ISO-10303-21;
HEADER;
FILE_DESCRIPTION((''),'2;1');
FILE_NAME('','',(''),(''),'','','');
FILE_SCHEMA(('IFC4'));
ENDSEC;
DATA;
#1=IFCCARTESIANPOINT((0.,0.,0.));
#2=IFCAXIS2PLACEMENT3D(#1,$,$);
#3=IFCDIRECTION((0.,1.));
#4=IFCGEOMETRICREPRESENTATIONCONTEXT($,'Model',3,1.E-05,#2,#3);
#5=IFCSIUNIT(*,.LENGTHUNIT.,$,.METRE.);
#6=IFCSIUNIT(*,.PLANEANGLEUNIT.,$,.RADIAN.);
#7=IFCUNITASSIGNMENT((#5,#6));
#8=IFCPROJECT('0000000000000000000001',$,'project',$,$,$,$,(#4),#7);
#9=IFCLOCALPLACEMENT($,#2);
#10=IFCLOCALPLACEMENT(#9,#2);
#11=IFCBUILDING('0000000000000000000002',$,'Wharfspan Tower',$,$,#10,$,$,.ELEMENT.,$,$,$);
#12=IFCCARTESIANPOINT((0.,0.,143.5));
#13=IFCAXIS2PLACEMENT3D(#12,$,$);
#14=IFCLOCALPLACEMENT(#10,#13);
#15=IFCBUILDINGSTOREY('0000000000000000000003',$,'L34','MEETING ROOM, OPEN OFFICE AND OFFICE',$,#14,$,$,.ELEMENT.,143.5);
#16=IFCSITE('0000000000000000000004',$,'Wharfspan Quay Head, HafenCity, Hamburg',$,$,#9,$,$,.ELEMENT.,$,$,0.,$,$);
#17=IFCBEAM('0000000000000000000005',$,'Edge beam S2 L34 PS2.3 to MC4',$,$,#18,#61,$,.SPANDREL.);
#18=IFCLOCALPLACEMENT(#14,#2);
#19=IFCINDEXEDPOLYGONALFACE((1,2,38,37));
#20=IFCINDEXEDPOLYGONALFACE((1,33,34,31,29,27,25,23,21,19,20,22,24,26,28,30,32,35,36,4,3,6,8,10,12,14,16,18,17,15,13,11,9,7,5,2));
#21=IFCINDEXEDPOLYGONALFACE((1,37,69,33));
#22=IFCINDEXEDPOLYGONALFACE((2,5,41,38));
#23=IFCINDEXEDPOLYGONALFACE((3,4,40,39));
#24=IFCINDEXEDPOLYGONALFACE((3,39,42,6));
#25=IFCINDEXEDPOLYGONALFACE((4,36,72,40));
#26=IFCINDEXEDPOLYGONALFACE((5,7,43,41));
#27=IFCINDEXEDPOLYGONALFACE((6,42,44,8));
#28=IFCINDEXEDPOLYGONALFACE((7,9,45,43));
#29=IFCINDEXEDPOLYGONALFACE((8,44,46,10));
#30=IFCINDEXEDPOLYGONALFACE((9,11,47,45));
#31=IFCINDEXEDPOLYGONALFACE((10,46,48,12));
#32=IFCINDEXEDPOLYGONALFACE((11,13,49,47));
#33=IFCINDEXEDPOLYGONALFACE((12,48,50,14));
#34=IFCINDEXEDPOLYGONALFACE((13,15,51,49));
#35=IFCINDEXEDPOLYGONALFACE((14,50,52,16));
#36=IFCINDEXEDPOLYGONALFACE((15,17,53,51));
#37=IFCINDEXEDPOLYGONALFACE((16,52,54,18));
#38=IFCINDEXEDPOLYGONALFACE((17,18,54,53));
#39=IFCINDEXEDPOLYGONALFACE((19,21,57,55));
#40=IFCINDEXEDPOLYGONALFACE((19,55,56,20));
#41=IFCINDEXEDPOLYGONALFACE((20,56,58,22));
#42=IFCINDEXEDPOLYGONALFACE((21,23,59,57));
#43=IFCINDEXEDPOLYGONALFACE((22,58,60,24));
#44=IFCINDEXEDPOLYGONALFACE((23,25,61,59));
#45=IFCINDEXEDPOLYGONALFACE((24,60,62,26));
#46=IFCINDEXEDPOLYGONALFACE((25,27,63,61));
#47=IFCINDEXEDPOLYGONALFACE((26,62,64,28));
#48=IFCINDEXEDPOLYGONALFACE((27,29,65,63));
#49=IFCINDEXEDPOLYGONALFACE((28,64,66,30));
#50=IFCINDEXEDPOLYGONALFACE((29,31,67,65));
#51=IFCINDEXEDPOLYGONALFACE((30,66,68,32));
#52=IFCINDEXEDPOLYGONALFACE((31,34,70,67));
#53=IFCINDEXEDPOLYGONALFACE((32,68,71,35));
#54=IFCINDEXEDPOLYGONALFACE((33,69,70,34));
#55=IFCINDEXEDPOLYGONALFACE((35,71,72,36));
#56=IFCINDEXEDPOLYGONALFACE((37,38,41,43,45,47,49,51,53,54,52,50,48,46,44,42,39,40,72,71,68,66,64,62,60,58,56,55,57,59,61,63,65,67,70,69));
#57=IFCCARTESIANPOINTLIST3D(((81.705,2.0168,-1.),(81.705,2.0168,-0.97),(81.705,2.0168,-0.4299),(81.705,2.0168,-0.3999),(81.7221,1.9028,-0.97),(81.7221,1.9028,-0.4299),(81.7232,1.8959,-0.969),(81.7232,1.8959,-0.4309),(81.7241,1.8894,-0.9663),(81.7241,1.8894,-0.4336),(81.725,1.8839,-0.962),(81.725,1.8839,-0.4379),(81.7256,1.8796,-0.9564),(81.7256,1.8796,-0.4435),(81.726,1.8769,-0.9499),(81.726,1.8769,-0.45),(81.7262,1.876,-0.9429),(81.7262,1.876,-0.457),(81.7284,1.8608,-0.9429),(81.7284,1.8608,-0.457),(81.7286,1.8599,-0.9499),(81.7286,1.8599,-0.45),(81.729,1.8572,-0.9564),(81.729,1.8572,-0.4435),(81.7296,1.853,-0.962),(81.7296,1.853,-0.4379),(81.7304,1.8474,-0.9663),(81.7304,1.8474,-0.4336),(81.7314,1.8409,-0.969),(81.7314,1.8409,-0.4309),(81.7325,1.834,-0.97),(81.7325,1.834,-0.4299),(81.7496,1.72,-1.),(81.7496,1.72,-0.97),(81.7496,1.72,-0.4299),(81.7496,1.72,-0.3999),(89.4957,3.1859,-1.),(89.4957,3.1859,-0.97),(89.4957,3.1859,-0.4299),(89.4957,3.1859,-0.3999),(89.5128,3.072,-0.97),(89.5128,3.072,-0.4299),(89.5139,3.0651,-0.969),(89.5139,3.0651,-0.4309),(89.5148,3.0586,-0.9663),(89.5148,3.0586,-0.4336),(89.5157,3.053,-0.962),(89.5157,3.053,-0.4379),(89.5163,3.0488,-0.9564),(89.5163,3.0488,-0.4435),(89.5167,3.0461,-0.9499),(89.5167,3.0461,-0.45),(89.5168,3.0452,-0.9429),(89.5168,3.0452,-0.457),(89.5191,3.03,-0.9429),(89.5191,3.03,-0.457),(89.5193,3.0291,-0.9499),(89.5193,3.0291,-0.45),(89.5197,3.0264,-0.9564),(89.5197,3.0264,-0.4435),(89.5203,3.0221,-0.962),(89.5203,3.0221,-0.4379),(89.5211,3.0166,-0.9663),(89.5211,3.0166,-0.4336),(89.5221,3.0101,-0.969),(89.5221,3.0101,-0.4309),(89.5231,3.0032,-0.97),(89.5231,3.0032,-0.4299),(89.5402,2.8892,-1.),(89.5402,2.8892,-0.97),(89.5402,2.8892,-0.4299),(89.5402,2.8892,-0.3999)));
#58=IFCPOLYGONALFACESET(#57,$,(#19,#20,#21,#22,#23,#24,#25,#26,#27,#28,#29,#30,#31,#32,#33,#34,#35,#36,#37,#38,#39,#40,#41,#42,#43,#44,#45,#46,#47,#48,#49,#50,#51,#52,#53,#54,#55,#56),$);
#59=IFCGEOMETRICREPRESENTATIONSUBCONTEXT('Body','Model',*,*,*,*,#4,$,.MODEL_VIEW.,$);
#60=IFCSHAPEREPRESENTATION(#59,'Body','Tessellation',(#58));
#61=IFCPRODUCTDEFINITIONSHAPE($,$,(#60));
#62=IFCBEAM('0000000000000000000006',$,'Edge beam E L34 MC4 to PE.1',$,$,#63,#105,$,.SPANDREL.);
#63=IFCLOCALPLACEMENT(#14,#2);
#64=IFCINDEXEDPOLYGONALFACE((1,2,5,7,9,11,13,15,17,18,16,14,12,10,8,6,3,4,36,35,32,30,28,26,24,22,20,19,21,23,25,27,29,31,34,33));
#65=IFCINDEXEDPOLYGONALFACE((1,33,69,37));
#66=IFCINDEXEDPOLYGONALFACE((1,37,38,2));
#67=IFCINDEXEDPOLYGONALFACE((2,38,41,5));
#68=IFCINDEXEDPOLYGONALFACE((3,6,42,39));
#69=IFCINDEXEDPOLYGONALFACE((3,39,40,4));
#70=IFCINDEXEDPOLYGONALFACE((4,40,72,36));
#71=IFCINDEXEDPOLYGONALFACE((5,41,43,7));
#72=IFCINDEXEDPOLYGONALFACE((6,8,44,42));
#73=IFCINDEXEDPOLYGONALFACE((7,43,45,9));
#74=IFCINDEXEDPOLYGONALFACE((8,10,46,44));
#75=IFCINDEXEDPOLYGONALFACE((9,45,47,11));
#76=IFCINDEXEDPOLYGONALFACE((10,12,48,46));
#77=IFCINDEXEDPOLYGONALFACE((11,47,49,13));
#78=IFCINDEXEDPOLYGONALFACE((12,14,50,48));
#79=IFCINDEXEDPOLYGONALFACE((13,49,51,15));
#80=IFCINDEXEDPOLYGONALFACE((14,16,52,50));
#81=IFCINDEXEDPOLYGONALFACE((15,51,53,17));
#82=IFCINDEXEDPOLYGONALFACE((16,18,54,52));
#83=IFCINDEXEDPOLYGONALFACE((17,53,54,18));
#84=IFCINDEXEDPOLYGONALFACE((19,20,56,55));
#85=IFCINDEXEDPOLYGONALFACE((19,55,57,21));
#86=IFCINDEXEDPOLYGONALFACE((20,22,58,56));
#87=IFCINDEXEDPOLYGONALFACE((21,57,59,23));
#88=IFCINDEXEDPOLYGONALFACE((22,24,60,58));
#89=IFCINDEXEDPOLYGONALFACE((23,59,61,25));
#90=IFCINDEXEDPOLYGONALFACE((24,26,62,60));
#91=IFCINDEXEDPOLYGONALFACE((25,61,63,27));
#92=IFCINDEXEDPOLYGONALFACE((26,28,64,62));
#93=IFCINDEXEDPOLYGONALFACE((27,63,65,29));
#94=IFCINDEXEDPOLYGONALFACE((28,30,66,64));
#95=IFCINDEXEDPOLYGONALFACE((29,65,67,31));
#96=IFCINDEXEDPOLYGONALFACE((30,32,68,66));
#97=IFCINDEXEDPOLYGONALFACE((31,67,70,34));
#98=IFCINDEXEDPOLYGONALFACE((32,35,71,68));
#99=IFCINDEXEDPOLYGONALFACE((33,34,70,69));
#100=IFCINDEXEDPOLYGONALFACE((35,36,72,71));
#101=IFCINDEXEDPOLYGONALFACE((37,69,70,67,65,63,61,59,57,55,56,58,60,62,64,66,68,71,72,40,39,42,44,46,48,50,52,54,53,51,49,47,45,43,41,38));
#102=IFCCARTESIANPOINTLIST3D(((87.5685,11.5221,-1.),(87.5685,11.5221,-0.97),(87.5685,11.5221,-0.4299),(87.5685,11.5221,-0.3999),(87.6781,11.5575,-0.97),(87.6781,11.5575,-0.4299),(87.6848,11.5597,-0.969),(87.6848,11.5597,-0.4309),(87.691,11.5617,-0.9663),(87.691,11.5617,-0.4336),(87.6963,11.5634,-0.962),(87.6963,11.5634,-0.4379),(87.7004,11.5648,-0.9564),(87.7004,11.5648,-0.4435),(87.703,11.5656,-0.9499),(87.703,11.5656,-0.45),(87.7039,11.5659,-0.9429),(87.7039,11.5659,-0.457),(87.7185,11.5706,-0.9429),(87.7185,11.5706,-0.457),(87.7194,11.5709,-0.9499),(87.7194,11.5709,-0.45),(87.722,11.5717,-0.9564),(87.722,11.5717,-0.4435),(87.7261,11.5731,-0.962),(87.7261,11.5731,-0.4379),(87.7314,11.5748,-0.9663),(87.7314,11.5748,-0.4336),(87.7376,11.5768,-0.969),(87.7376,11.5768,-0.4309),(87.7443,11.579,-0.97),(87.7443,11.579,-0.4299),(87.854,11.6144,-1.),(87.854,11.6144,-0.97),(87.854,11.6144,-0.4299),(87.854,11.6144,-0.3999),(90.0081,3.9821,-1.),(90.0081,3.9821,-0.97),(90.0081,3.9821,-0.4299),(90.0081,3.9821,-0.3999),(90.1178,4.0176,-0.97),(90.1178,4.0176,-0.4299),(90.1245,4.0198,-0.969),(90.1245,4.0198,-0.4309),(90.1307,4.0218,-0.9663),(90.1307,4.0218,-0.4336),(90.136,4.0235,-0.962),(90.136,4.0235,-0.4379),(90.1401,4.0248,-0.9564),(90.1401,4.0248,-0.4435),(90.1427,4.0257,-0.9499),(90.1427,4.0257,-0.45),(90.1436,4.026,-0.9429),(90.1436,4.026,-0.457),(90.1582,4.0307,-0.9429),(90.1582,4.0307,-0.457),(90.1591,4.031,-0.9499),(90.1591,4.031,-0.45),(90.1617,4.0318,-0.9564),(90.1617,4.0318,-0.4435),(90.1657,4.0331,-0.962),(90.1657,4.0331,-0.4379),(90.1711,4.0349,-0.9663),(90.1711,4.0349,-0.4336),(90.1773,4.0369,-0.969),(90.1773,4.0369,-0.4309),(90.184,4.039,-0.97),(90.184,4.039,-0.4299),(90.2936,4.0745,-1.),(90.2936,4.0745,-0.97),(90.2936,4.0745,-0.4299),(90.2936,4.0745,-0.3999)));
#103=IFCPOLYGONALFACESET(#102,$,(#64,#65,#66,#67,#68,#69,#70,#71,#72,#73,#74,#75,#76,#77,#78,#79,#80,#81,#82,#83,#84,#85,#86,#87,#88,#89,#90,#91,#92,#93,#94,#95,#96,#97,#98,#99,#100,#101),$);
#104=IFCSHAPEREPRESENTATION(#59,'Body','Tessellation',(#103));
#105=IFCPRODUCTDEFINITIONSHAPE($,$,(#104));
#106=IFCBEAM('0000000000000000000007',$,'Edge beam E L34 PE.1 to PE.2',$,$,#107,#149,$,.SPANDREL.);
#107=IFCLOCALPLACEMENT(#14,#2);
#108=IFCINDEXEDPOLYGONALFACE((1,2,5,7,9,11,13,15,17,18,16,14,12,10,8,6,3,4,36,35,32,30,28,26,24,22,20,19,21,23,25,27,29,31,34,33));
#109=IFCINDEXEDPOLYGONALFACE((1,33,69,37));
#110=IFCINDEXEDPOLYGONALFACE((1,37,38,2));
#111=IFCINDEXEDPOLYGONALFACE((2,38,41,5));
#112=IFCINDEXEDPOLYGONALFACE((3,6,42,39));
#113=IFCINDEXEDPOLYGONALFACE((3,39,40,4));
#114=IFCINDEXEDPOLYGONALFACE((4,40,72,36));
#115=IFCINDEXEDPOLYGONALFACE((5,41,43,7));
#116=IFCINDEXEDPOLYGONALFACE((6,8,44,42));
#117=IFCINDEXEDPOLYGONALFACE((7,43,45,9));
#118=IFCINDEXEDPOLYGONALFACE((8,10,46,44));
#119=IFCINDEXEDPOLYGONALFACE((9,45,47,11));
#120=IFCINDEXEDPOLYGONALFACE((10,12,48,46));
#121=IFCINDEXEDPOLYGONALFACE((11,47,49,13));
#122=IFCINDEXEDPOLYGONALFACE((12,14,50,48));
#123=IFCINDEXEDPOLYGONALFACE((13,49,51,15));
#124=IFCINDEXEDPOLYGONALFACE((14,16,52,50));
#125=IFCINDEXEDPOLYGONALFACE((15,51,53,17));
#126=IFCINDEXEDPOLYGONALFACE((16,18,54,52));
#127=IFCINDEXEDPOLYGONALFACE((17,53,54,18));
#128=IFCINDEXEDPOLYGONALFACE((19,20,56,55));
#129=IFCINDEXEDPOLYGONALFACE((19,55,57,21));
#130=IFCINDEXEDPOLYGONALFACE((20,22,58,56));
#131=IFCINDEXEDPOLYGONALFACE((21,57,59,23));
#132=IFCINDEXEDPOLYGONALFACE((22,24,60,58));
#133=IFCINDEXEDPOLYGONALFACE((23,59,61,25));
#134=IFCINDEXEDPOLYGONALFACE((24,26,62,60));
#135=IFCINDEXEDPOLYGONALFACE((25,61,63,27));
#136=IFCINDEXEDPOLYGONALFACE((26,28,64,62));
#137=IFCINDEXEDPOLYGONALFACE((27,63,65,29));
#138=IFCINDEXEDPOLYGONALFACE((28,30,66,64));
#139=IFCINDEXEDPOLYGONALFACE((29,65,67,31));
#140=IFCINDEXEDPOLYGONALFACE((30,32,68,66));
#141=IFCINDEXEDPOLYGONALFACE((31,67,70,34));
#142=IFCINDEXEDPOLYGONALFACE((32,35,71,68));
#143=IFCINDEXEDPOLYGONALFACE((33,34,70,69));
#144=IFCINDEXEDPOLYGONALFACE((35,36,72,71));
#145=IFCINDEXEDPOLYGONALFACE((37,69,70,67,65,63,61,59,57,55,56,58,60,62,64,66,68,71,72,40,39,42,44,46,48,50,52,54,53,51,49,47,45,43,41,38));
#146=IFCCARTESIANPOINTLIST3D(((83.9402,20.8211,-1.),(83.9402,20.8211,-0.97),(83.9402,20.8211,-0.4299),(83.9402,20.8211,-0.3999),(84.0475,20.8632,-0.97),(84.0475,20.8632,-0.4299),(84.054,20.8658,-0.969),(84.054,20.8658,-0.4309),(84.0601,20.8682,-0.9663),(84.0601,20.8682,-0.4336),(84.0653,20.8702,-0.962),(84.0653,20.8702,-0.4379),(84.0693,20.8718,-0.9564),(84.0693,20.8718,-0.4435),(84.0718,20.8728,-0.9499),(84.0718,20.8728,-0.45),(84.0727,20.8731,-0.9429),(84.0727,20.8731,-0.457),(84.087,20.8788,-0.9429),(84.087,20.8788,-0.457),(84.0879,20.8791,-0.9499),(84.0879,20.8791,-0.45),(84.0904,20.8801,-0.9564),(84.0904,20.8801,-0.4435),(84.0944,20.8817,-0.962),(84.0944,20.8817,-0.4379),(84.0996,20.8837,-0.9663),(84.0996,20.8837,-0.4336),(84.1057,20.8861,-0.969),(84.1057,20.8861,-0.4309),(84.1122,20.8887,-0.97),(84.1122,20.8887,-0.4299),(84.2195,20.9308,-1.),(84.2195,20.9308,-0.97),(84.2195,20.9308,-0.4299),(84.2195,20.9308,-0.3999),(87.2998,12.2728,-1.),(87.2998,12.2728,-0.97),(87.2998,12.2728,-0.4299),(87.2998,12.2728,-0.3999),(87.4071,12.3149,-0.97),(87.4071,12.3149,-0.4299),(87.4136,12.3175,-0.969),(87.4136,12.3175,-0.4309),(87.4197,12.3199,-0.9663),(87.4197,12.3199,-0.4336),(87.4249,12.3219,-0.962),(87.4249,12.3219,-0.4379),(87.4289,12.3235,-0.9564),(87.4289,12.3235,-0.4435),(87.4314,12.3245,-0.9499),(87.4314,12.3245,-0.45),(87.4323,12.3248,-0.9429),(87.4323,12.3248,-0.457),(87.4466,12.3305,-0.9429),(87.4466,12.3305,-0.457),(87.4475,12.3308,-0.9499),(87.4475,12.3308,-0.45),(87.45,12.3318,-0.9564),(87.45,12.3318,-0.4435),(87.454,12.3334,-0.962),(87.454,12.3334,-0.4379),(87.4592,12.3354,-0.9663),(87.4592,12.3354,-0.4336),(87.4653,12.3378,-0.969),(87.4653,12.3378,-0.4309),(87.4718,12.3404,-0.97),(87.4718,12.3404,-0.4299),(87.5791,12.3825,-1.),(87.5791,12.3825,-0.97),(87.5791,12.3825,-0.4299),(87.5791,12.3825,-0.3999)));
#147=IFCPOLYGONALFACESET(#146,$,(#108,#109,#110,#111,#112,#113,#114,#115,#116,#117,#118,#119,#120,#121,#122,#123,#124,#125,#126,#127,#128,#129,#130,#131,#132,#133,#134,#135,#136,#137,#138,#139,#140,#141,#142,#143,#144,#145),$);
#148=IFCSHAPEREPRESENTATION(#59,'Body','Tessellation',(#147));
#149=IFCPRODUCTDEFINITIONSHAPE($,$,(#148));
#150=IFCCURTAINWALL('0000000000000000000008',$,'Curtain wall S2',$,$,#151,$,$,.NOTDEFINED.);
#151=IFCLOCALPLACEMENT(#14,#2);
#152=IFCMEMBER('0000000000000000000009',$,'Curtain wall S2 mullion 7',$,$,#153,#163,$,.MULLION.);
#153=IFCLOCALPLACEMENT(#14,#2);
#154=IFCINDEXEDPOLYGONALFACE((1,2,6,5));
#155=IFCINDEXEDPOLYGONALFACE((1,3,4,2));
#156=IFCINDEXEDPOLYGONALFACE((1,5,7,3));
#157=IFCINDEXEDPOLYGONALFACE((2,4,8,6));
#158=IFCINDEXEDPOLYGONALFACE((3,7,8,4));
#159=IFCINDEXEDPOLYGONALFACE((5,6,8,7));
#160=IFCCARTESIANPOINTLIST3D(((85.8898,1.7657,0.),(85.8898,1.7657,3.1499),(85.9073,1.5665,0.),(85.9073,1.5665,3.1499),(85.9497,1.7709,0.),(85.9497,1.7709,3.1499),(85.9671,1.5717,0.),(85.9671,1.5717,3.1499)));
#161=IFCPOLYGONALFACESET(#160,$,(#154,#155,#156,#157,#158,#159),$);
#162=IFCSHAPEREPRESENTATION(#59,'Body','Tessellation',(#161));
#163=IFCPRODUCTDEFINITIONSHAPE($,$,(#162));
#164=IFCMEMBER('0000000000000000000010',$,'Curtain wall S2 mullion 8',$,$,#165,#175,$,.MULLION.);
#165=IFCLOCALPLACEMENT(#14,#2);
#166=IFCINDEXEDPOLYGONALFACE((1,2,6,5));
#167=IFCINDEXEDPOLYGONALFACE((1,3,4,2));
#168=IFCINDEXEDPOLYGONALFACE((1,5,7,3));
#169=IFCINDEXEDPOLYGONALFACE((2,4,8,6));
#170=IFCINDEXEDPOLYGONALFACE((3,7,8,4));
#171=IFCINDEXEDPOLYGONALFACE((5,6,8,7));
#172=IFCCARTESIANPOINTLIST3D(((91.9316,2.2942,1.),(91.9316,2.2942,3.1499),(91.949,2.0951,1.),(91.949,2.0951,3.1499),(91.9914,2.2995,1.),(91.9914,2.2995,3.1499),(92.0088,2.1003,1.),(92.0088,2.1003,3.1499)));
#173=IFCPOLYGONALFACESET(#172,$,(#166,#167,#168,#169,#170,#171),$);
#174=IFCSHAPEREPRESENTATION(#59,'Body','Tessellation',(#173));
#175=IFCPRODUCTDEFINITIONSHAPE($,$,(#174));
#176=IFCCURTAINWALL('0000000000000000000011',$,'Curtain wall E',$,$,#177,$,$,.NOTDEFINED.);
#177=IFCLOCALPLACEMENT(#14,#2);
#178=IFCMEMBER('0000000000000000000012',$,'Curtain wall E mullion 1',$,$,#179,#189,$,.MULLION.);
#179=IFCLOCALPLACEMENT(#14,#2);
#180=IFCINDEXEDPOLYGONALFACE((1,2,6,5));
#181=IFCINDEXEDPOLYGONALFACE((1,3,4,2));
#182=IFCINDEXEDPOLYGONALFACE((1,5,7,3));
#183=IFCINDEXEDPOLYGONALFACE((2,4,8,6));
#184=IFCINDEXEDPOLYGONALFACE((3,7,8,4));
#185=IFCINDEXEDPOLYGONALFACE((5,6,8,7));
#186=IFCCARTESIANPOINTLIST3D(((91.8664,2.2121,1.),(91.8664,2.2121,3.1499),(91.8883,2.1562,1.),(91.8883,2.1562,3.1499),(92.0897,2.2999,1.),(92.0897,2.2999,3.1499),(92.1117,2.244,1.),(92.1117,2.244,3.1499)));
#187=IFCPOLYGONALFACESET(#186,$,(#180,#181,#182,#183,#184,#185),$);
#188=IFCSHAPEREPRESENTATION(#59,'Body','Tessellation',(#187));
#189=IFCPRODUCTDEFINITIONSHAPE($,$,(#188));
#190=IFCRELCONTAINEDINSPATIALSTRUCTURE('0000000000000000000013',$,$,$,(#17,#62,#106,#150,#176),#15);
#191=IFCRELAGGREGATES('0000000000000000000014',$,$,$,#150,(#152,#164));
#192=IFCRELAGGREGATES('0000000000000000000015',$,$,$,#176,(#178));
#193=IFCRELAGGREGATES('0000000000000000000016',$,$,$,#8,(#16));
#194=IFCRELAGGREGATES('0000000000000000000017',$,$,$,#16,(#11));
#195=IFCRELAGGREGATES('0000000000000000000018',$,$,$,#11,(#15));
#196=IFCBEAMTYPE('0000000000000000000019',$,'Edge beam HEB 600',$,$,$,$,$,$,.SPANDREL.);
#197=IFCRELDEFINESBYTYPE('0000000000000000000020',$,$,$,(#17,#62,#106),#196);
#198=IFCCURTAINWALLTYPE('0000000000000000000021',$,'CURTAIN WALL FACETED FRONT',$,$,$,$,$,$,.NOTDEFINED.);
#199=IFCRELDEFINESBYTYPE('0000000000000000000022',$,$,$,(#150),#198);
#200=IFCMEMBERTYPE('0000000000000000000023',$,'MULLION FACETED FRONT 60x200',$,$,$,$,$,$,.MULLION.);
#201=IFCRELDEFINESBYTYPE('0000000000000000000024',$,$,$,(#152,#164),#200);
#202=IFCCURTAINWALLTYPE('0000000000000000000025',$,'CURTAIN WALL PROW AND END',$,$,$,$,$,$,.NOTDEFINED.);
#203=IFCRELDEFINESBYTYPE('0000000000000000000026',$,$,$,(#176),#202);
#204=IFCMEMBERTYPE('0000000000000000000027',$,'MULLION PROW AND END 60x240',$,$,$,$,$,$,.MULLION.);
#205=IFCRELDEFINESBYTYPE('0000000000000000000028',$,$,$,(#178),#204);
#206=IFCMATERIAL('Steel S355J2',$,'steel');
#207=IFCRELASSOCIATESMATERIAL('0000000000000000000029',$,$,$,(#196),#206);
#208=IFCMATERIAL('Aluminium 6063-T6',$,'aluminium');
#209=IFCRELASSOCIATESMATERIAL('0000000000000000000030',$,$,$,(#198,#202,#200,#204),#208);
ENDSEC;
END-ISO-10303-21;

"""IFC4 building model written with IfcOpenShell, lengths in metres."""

from ifc_helpers import new_model, si_unit, direction, frame, origin, origin_2d, place, context, subcontext, project, spatial, rectangle, i_section, extrude, material, material_profile, profile_set, type_object, element, aggregate, save


model = new_model("IFC4")

# Units and contexts
model_context = context("Model", 3, precision=1e-05, world=origin(), true_north=direction((0.0, 1.0)))
body_context = subcontext(model_context, "Body", "Model", "MODEL_VIEW")
ifc_project = project(units=[si_unit("LENGTHUNIT", "METRE"), si_unit("PLANEANGLEUNIT", "RADIAN")], contexts=[model_context])

# Site, building, storey
site_placement = place(None, origin())
site = spatial("IfcSite", under=ifc_project, at=site_placement, Name="Wharfspan Quay Head, HafenCity, Hamburg", CompositionType="ELEMENT", RefElevation=0.0)
building_placement = place(site_placement, origin())
building = spatial("IfcBuilding", under=site, at=building_placement, Name="Wharfspan Tower", CompositionType="ELEMENT")
storey_placement = place(building_placement, frame((0.0, 0.0, 143.5)))
storey = spatial("IfcBuildingStorey", under=building, at=storey_placement, Name="L34", Description="MEETING ROOM, OPEN OFFICE AND OFFICE", CompositionType="ELEMENT", Elevation=143.5)

# Shared definitions
ifc_material_1 = material(Name="Steel S355J2", Category="steel")

# Beams
ifc_material_profile_1 = material_profile(ifc_material_1, i_section(OverallWidth=0.3, OverallDepth=0.6001, WebThickness=0.0154, FlangeThickness=0.03, FilletRadius=0.0271, at=origin_2d()))
ifc_profile_set_1 = profile_set([ifc_material_profile_1], Name="Steel S355J2")
beam_type = type_object("IfcBeamType", Name="Edge beam HEB 600", PredefinedType="SPANDREL", material=ifc_profile_set_1)
beam_1_placement = place(storey_placement, frame((81.7273, 1.8684, -0.7), z_axis=(0.988926, 0.148412, 0.0), x_axis=(-0.148412, 0.988926, 0.0)))
element("IfcBeam", 1, at=beam_1_placement, inside=storey, type_object=beam_type, Name="Edge beam S2 L34 PS2.3 to MC4", PredefinedType="SPANDREL", context=body_context, shape_type="SweptSolid", body=[
    extrude(i_section(OverallWidth=0.3, OverallDepth=0.6001, WebThickness=0.0154, FlangeThickness=0.03, FilletRadius=0.0271, at=origin_2d()), origin(), (0.0, 0.0, 1.0), 7.8779),
])
beam_2_placement = place(storey_placement, frame((90.1509, 4.0283, -0.7), z_axis=(-0.307851, 0.951434, 0.0), x_axis=(-0.951434, -0.307851, 0.0)))
element("IfcBeam", 2, at=beam_2_placement, inside=storey, type_object=beam_type, Name="Edge beam E L34 MC4 to PE.1", PredefinedType="SPANDREL", context=body_context, shape_type="SweptSolid", body=[
    extrude(i_section(OverallWidth=0.3, OverallDepth=0.6001, WebThickness=0.0154, FlangeThickness=0.03, FilletRadius=0.0271, at=origin_2d()), origin(), (0.0, 0.0, 1.0), 7.9248),
])
beam_3_placement = place(storey_placement, frame((87.4395, 12.3276, -0.7), z_axis=(-0.365779, 0.930702, 0.0), x_axis=(-0.930702, -0.365779, 0.0)))
element("IfcBeam", 3, at=beam_3_placement, inside=storey, type_object=beam_type, Name="Edge beam E L34 PE.1 to PE.2", PredefinedType="SPANDREL", context=body_context, shape_type="SweptSolid", body=[
    extrude(i_section(OverallWidth=0.3, OverallDepth=0.6001, WebThickness=0.0154, FlangeThickness=0.03, FilletRadius=0.0271, at=origin_2d()), origin(), (0.0, 0.0, 1.0), 9.1848),
])

# Curtain walls, members
ifc_material_2 = material(Name="Aluminium 6063-T6", Category="aluminium")
curtain_wall_type_1 = type_object("IfcCurtainWallType", Name="CURTAIN WALL FACETED FRONT", PredefinedType="NOTDEFINED", material=ifc_material_2)
curtain_wall_1_placement = place(storey_placement, origin())
curtain_wall_1 = element("IfcCurtainWall", 4, at=curtain_wall_1_placement, inside=storey, type_object=curtain_wall_type_1, Name="Curtain wall S2", PredefinedType="NOTDEFINED")
ifc_material_profile_2 = material_profile(ifc_material_2, rectangle(XDim=0.2, YDim=0.0601, at=origin_2d()))
ifc_profile_set_2 = profile_set([ifc_material_profile_2], Name="Aluminium 6063-T6")
member_type_1 = type_object("IfcMemberType", Name="MULLION FACETED FRONT 60x200", PredefinedType="MULLION", material=ifc_profile_set_2)
member_1_placement = place(storey_placement, frame((85.9285, 1.6687, 0.0), z_axis=(0.0, 0.0, 1.0), x_axis=(-0.087156, 0.996198, 0.0)))
member_1 = element("IfcMember", 5, at=member_1_placement, type_object=member_type_1, Name="Curtain wall S2 mullion 7", PredefinedType="MULLION", context=body_context, shape_type="SweptSolid", body=[
    extrude(rectangle(XDim=0.2, YDim=0.0601, at=origin_2d()), origin(), (0.0, 0.0, 1.0), 3.1499),
])
member_2_placement = place(storey_placement, frame((91.9702, 2.1973, 1.0), z_axis=(0.0, 0.0, 1.0), x_axis=(-0.087156, 0.996198, 0.0)))
member_2 = element("IfcMember", 6, at=member_2_placement, type_object=member_type_1, Name="Curtain wall S2 mullion 8", PredefinedType="MULLION", context=body_context, shape_type="SweptSolid", body=[
    extrude(rectangle(XDim=0.2, YDim=0.0601, at=origin_2d()), origin(), (0.0, 0.0, 1.0), 2.1499),
])
curtain_wall_type_2 = type_object("IfcCurtainWallType", Name="CURTAIN WALL PROW AND END", PredefinedType="NOTDEFINED", material=ifc_material_2)
curtain_wall_2_placement = place(storey_placement, origin())
curtain_wall_2 = element("IfcCurtainWall", 7, at=curtain_wall_2_placement, inside=storey, type_object=curtain_wall_type_2, Name="Curtain wall E", PredefinedType="NOTDEFINED")
ifc_material_profile_3 = material_profile(ifc_material_2, rectangle(XDim=0.24, YDim=0.0601, at=origin_2d()))
ifc_profile_set_3 = profile_set([ifc_material_profile_3], Name="Aluminium 6063-T6")
member_type_2 = type_object("IfcMemberType", Name="MULLION PROW AND END 60x240", PredefinedType="MULLION", material=ifc_profile_set_3)
member_3_placement = place(storey_placement, frame((91.989, 2.228, 1.0), z_axis=(0.0, 0.0, 1.0), x_axis=(-0.930702, -0.365778, 0.0)))
member_3 = element("IfcMember", 8, at=member_3_placement, type_object=member_type_2, Name="Curtain wall E mullion 1", PredefinedType="MULLION", context=body_context, shape_type="SweptSolid", body=[
    extrude(rectangle(XDim=0.24, YDim=0.0601, at=origin_2d()), origin(), (0.0, 0.0, 1.0), 2.1499),
])

aggregate(curtain_wall_1, [member_1, member_2])
aggregate(curtain_wall_2, [member_3])

save(model, "model.ifc")
